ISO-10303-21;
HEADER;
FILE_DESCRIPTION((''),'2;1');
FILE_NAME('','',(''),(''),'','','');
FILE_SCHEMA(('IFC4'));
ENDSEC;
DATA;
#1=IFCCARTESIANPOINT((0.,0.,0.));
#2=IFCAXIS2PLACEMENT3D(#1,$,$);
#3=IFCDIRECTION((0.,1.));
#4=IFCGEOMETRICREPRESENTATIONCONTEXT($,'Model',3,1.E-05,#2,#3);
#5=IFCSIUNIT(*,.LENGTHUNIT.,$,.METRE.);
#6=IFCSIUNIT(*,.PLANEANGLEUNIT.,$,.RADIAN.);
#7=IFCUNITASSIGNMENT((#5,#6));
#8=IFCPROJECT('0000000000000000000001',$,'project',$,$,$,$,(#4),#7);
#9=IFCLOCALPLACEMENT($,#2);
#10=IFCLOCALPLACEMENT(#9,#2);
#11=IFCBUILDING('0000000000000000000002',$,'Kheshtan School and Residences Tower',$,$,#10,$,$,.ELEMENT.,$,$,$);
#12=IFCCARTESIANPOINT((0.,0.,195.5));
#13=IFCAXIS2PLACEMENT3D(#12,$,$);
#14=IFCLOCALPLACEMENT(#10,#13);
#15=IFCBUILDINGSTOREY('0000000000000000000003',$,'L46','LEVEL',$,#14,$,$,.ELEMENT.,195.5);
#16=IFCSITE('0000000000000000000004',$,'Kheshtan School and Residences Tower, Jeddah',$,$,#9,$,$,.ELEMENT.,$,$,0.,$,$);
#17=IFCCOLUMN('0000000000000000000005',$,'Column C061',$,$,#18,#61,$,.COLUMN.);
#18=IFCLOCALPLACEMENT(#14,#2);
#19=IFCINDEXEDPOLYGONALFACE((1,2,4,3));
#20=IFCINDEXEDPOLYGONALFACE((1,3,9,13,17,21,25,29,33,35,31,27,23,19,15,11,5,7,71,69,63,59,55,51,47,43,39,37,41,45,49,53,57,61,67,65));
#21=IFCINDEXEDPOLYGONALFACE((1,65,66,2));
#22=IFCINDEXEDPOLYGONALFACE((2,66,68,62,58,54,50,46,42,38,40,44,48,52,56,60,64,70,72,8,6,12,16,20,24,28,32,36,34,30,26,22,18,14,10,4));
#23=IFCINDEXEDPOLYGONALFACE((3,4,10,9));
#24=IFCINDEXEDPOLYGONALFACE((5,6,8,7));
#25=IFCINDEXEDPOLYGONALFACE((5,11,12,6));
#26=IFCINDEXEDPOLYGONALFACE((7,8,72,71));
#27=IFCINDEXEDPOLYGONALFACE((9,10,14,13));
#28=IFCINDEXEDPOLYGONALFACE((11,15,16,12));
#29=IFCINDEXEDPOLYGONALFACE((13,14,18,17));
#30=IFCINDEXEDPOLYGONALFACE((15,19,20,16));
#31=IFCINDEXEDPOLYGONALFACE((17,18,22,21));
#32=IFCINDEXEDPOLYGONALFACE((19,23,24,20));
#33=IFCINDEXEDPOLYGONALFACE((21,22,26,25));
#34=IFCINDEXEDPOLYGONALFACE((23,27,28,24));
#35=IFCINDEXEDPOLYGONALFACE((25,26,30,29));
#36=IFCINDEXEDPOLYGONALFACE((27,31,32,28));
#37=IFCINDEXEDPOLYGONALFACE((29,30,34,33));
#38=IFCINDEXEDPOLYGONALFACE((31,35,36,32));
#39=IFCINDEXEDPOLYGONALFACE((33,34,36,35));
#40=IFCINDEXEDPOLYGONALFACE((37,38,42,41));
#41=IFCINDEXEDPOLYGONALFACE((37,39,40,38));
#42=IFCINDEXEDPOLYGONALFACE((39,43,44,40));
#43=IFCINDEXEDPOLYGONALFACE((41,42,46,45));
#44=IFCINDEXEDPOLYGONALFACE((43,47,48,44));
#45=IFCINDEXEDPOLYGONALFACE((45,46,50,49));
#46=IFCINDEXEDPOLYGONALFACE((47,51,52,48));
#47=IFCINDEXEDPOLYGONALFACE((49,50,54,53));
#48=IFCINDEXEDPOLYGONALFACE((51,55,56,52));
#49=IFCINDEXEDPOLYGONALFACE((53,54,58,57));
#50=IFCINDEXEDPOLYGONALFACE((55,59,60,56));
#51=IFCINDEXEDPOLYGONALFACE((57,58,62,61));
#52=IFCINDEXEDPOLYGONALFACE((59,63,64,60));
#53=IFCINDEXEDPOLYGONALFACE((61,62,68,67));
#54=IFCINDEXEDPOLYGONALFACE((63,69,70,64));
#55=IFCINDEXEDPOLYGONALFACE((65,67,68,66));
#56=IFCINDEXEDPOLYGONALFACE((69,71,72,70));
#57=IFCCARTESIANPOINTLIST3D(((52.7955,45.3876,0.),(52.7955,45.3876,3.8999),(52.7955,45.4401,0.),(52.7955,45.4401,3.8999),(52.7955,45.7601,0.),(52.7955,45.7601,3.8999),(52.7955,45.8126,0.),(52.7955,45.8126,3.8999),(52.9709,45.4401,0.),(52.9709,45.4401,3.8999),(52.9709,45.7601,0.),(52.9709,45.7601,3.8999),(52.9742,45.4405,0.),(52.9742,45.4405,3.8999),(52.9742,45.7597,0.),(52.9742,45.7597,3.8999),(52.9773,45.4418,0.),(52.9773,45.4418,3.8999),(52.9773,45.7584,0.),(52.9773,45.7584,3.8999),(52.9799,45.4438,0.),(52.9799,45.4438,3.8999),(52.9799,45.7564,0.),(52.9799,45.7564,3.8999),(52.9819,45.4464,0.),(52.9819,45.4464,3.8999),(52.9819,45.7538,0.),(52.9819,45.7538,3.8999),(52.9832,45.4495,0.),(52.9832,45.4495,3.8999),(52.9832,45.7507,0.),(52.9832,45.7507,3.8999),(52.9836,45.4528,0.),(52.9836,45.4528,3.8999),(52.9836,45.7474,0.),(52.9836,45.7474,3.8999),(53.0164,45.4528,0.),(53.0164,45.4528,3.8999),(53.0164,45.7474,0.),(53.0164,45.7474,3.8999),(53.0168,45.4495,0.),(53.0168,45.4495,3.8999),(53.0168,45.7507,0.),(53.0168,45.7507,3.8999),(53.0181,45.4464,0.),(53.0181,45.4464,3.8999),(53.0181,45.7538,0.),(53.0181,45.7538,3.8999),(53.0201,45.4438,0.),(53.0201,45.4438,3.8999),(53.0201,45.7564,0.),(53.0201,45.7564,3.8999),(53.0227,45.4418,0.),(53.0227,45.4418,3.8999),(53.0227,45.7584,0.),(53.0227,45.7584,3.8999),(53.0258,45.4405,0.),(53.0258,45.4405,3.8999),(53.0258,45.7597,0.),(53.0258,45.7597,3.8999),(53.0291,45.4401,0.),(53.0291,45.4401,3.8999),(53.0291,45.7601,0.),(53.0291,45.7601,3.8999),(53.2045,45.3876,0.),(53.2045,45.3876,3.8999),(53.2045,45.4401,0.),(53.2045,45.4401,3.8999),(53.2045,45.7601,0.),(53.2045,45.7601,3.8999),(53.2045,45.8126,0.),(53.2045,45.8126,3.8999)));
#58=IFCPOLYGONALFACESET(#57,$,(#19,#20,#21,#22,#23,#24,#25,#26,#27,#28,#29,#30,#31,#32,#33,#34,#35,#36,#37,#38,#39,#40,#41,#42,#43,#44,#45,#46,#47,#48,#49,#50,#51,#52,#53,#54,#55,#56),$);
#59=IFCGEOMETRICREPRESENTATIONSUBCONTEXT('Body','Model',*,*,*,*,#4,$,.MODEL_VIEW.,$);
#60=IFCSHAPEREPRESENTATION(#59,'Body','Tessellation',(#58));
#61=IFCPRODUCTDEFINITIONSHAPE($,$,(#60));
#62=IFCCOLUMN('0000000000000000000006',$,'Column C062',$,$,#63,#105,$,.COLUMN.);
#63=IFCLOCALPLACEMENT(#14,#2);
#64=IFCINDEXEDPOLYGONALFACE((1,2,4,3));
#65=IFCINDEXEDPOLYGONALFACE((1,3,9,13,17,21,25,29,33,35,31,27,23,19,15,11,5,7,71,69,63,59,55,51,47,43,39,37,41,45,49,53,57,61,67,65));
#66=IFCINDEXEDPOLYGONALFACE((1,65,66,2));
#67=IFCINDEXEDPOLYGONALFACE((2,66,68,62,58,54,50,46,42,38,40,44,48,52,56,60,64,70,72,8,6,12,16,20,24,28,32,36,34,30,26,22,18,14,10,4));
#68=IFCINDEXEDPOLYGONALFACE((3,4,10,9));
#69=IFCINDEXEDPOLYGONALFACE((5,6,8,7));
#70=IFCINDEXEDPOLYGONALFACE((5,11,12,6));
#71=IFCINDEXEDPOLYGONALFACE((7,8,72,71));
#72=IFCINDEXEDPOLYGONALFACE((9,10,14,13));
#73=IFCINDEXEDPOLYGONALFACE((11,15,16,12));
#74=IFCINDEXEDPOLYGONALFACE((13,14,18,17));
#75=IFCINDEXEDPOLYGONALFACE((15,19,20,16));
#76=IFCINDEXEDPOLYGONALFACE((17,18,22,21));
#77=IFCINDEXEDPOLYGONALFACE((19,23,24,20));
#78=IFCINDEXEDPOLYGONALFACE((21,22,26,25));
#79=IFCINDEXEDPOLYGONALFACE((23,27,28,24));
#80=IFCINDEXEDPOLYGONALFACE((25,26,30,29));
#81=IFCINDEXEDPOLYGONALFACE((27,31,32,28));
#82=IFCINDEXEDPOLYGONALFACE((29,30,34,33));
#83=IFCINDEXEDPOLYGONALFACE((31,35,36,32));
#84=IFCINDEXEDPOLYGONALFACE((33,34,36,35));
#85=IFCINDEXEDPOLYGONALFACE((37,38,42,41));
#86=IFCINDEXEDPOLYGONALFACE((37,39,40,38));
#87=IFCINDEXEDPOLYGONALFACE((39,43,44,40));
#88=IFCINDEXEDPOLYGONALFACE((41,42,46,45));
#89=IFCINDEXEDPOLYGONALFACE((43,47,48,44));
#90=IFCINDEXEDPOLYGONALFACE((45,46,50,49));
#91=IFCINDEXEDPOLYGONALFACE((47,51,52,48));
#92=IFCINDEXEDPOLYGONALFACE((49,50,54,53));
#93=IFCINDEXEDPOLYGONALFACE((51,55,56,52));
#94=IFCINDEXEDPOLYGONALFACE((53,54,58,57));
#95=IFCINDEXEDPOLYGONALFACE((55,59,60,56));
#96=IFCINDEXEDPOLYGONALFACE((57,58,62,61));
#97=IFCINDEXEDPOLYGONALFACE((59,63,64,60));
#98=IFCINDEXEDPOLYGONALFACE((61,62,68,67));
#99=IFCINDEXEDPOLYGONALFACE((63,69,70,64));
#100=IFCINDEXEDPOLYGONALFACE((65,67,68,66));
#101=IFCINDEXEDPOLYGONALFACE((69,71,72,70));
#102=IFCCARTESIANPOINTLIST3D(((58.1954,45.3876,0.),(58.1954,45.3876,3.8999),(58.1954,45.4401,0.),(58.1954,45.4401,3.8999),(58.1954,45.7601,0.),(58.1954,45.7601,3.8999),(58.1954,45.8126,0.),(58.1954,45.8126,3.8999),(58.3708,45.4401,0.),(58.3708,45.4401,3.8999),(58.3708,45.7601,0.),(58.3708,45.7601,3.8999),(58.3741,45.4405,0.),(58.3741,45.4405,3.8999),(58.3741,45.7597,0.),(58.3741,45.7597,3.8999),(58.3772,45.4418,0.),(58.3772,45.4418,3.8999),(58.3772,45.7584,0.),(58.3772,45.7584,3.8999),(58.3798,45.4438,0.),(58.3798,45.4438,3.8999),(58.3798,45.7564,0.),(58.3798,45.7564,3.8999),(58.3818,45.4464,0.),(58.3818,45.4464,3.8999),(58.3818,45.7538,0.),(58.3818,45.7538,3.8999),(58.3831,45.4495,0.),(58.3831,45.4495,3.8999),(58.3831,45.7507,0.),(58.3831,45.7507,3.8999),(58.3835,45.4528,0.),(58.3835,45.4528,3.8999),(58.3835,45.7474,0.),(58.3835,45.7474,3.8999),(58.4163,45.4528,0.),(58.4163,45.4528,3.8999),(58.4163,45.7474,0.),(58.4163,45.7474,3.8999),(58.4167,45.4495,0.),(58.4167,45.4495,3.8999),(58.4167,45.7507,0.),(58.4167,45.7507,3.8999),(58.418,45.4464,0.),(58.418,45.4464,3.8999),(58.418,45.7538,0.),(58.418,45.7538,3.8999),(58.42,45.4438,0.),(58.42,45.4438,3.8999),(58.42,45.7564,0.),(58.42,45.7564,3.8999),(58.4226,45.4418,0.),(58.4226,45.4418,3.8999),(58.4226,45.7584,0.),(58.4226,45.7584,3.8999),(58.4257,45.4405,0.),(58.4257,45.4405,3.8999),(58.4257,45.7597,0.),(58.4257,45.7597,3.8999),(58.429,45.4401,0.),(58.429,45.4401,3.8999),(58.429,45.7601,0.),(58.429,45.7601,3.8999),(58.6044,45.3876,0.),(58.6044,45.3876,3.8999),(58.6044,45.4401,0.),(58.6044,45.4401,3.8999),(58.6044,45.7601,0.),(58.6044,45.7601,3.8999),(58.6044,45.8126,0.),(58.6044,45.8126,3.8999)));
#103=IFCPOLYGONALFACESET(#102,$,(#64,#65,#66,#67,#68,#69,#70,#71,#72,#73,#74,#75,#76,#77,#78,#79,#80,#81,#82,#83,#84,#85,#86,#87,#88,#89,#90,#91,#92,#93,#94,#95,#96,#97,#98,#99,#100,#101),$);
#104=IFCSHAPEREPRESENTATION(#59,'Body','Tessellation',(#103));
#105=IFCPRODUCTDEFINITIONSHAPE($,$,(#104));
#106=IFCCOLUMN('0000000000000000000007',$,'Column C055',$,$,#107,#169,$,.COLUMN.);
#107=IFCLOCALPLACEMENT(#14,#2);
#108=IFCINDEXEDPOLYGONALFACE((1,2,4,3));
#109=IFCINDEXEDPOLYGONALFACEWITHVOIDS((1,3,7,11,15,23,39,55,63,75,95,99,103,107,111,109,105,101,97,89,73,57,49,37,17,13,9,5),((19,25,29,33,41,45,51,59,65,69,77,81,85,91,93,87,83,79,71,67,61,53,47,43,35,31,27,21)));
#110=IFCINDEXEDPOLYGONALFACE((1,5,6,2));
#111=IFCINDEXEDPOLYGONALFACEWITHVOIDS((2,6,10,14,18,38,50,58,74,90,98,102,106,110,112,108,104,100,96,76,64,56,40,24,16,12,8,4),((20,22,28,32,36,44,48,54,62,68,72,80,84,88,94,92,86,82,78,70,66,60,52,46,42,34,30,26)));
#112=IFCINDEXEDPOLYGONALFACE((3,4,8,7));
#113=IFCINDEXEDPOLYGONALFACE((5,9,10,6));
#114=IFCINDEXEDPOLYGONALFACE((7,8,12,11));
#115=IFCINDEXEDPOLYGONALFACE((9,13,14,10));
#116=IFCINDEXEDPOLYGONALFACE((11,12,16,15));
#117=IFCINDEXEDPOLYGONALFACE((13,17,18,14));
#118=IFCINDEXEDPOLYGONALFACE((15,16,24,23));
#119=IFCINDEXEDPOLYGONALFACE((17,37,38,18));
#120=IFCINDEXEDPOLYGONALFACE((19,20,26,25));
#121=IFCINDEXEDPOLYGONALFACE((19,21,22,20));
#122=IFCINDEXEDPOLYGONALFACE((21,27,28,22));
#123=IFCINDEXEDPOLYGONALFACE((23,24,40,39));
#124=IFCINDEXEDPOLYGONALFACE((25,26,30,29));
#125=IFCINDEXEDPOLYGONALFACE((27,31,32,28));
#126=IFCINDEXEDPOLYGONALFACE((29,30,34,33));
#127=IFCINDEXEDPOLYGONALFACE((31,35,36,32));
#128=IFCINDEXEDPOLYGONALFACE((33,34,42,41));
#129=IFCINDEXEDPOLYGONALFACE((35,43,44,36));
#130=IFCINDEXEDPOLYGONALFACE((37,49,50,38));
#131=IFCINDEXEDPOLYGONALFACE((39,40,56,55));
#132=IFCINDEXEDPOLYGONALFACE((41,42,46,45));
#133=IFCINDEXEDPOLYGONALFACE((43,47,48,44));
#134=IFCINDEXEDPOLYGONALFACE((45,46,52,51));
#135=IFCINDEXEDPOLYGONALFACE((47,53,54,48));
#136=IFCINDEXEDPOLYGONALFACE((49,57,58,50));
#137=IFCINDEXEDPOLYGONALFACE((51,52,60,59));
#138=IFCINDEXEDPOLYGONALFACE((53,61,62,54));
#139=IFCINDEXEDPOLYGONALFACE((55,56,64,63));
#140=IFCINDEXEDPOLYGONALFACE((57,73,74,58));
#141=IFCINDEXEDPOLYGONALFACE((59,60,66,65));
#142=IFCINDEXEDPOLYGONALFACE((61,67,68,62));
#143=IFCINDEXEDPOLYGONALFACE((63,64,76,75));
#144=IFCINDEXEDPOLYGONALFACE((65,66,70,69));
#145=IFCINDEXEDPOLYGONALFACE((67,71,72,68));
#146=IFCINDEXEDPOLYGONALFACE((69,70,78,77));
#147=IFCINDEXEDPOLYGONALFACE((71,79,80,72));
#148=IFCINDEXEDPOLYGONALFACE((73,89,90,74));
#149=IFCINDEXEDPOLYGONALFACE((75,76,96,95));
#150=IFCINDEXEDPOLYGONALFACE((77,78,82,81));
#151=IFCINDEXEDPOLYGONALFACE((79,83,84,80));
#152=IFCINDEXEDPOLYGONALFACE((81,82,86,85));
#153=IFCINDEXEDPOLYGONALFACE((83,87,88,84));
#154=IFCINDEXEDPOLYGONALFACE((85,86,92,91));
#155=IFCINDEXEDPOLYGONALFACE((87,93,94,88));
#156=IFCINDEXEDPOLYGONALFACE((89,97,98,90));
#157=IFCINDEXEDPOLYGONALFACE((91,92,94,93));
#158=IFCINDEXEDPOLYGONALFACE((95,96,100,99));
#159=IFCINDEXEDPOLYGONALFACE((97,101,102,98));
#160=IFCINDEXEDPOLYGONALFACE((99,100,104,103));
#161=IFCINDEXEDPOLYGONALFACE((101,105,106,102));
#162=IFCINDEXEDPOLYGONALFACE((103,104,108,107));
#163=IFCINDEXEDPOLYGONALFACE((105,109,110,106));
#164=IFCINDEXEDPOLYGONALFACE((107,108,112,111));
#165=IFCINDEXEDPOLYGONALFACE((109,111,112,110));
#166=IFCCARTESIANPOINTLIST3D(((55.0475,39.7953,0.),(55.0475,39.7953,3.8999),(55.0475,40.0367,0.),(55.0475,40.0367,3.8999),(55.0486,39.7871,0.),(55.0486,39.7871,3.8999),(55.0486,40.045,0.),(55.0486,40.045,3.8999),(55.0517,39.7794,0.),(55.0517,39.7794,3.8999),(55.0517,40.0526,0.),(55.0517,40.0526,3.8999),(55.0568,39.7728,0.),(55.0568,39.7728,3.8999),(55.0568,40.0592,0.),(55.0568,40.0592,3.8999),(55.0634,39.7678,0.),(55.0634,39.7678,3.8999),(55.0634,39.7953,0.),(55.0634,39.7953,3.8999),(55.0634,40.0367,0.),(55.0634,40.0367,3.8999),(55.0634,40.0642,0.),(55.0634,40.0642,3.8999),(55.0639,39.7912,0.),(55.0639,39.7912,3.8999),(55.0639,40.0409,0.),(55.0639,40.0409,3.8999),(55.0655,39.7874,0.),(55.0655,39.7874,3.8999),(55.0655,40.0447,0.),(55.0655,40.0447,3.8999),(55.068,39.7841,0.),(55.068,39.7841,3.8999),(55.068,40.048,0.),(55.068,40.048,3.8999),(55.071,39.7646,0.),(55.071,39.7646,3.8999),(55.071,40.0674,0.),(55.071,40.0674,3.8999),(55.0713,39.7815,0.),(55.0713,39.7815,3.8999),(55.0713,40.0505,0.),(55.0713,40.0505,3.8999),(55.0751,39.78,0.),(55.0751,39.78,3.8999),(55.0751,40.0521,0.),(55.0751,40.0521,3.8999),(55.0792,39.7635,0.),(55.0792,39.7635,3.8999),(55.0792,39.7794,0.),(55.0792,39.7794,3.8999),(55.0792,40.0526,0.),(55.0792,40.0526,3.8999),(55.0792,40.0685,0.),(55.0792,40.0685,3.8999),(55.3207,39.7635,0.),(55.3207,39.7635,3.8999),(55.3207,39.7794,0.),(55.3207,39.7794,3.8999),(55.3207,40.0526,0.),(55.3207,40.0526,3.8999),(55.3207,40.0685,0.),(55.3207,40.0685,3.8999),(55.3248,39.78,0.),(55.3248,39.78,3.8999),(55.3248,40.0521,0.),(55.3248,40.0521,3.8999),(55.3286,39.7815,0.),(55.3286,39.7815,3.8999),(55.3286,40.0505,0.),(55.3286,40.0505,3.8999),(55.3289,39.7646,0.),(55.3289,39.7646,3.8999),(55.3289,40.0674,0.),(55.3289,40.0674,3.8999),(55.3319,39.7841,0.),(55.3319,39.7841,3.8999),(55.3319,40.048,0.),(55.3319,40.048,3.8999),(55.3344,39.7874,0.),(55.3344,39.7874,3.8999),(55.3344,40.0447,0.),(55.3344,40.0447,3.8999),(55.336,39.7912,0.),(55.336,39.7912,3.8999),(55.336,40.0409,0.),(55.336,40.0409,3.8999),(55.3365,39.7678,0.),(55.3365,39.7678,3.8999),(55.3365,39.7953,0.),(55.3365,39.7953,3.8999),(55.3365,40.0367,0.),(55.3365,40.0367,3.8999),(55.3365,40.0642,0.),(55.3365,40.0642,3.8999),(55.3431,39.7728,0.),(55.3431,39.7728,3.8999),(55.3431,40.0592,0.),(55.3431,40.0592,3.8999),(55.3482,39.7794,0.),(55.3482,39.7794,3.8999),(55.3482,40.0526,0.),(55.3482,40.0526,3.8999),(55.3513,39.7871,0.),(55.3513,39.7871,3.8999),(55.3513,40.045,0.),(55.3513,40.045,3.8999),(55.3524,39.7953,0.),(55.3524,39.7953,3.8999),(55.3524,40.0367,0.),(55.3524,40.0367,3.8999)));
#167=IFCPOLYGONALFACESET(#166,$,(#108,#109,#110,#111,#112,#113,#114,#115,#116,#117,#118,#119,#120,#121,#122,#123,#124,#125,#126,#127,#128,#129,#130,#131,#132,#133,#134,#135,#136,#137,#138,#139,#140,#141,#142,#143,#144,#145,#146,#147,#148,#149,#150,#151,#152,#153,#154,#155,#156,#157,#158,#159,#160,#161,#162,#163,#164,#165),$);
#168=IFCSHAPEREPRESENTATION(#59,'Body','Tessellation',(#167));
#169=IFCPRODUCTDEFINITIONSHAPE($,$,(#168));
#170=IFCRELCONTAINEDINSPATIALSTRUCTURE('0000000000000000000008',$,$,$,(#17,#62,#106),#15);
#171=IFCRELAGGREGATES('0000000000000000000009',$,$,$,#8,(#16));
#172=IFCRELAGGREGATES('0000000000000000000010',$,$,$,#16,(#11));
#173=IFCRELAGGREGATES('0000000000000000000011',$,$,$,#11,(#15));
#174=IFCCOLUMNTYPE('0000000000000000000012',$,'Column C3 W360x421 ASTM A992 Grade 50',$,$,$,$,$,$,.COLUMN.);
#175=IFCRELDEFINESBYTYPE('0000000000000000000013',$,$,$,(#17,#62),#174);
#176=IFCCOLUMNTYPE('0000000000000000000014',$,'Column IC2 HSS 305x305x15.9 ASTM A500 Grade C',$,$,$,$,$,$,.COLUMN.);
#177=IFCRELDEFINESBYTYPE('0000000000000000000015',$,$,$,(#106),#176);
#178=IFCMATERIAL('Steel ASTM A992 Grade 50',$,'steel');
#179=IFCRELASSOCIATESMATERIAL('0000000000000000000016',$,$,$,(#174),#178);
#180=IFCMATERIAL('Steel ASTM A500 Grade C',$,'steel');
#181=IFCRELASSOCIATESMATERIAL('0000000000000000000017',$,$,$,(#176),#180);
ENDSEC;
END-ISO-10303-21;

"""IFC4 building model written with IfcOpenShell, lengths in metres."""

from ifc_helpers import new_model, si_unit, direction, frame, origin, origin_2d, place, context, subcontext, project, spatial, hollow_rectangle, i_section, extrude, material, material_profile, profile_set, type_object, element, save


model = new_model("IFC4")

# Units and contexts
model_context = context("Model", 3, precision=1e-05, world=origin(), true_north=direction((0.0, 1.0)))
body_context = subcontext(model_context, "Body", "Model", "MODEL_VIEW")
ifc_project = project(units=[si_unit("LENGTHUNIT", "METRE"), si_unit("PLANEANGLEUNIT", "RADIAN")], contexts=[model_context])

# Site, building, storey
site_placement = place(None, origin())
site = spatial("IfcSite", under=ifc_project, at=site_placement, Name="Kheshtan School and Residences Tower, Jeddah", CompositionType="ELEMENT", RefElevation=0.0)
building_placement = place(site_placement, origin())
building = spatial("IfcBuilding", under=site, at=building_placement, Name="Kheshtan School and Residences Tower", CompositionType="ELEMENT")
storey_placement = place(building_placement, frame((0.0, 0.0, 195.5)))
storey = spatial("IfcBuildingStorey", under=building, at=storey_placement, Name="L46", Description="LEVEL", CompositionType="ELEMENT", Elevation=195.5)

# Columns
ifc_material_1 = material(Name="Steel ASTM A992 Grade 50", Category="steel")
ifc_material_profile_1 = material_profile(ifc_material_1, i_section(OverallWidth=0.4089, OverallDepth=0.425, WebThickness=0.0327, FlangeThickness=0.0525, FilletRadius=0.0127, at=origin_2d()), Name="W360x421")
ifc_profile_set_1 = profile_set([ifc_material_profile_1], Name="Steel ASTM A992 Grade 50")
column_type_1 = type_object("IfcColumnType", Name="Column C3 W360x421 ASTM A992 Grade 50", PredefinedType="COLUMN", material=ifc_profile_set_1)
for number, where, z_axis, x_axis, name in (
    (1, (53.0, 45.6001, 0.0), (0.0, 0.0, 1.0), (1.0, 0.0, 0.0), "Column C061"),
    (2, (58.3999, 45.6001, 0.0), (0.0, 0.0, 1.0), (1.0, 0.0, 0.0), "Column C062"),
):
    element("IfcColumn", number, at=place(storey_placement, frame(where, z_axis=z_axis, x_axis=x_axis)), inside=storey, type_object=column_type_1, Name=name, PredefinedType="COLUMN", context=body_context, shape_type="SweptSolid", body=[
        extrude(i_section(OverallWidth=0.4089, OverallDepth=0.425, WebThickness=0.0327, FlangeThickness=0.0525, FilletRadius=0.0127, at=origin_2d()), origin(), (0.0, 0.0, 1.0), 3.8999),
    ])
ifc_material_2 = material(Name="Steel ASTM A500 Grade C", Category="steel")
ifc_material_profile_2 = material_profile(ifc_material_2, hollow_rectangle(XDim=0.3049, YDim=0.3049, WallThickness=0.0159, InnerFilletRadius=0.0159, OuterFilletRadius=0.0317, at=origin_2d()), Name="HSS 305x305x15.9")
ifc_profile_set_2 = profile_set([ifc_material_profile_2], Name="Steel ASTM A500 Grade C")
column_type_2 = type_object("IfcColumnType", Name="Column IC2 HSS 305x305x15.9 ASTM A500 Grade C", PredefinedType="COLUMN", material=ifc_profile_set_2)
column_placement = place(storey_placement, frame((55.2, 39.916, 0.0), z_axis=(0.0, 0.0, 1.0), x_axis=(1.0, 0.0, 0.0)))
element("IfcColumn", 3, at=column_placement, inside=storey, type_object=column_type_2, Name="Column C055", PredefinedType="COLUMN", context=body_context, shape_type="SweptSolid", body=[
    extrude(hollow_rectangle(XDim=0.3049, YDim=0.3049, WallThickness=0.0159, InnerFilletRadius=0.0159, OuterFilletRadius=0.0317, at=origin_2d()), origin(), (0.0, 0.0, 1.0), 3.8999),
])

save(model, "model.ifc")
